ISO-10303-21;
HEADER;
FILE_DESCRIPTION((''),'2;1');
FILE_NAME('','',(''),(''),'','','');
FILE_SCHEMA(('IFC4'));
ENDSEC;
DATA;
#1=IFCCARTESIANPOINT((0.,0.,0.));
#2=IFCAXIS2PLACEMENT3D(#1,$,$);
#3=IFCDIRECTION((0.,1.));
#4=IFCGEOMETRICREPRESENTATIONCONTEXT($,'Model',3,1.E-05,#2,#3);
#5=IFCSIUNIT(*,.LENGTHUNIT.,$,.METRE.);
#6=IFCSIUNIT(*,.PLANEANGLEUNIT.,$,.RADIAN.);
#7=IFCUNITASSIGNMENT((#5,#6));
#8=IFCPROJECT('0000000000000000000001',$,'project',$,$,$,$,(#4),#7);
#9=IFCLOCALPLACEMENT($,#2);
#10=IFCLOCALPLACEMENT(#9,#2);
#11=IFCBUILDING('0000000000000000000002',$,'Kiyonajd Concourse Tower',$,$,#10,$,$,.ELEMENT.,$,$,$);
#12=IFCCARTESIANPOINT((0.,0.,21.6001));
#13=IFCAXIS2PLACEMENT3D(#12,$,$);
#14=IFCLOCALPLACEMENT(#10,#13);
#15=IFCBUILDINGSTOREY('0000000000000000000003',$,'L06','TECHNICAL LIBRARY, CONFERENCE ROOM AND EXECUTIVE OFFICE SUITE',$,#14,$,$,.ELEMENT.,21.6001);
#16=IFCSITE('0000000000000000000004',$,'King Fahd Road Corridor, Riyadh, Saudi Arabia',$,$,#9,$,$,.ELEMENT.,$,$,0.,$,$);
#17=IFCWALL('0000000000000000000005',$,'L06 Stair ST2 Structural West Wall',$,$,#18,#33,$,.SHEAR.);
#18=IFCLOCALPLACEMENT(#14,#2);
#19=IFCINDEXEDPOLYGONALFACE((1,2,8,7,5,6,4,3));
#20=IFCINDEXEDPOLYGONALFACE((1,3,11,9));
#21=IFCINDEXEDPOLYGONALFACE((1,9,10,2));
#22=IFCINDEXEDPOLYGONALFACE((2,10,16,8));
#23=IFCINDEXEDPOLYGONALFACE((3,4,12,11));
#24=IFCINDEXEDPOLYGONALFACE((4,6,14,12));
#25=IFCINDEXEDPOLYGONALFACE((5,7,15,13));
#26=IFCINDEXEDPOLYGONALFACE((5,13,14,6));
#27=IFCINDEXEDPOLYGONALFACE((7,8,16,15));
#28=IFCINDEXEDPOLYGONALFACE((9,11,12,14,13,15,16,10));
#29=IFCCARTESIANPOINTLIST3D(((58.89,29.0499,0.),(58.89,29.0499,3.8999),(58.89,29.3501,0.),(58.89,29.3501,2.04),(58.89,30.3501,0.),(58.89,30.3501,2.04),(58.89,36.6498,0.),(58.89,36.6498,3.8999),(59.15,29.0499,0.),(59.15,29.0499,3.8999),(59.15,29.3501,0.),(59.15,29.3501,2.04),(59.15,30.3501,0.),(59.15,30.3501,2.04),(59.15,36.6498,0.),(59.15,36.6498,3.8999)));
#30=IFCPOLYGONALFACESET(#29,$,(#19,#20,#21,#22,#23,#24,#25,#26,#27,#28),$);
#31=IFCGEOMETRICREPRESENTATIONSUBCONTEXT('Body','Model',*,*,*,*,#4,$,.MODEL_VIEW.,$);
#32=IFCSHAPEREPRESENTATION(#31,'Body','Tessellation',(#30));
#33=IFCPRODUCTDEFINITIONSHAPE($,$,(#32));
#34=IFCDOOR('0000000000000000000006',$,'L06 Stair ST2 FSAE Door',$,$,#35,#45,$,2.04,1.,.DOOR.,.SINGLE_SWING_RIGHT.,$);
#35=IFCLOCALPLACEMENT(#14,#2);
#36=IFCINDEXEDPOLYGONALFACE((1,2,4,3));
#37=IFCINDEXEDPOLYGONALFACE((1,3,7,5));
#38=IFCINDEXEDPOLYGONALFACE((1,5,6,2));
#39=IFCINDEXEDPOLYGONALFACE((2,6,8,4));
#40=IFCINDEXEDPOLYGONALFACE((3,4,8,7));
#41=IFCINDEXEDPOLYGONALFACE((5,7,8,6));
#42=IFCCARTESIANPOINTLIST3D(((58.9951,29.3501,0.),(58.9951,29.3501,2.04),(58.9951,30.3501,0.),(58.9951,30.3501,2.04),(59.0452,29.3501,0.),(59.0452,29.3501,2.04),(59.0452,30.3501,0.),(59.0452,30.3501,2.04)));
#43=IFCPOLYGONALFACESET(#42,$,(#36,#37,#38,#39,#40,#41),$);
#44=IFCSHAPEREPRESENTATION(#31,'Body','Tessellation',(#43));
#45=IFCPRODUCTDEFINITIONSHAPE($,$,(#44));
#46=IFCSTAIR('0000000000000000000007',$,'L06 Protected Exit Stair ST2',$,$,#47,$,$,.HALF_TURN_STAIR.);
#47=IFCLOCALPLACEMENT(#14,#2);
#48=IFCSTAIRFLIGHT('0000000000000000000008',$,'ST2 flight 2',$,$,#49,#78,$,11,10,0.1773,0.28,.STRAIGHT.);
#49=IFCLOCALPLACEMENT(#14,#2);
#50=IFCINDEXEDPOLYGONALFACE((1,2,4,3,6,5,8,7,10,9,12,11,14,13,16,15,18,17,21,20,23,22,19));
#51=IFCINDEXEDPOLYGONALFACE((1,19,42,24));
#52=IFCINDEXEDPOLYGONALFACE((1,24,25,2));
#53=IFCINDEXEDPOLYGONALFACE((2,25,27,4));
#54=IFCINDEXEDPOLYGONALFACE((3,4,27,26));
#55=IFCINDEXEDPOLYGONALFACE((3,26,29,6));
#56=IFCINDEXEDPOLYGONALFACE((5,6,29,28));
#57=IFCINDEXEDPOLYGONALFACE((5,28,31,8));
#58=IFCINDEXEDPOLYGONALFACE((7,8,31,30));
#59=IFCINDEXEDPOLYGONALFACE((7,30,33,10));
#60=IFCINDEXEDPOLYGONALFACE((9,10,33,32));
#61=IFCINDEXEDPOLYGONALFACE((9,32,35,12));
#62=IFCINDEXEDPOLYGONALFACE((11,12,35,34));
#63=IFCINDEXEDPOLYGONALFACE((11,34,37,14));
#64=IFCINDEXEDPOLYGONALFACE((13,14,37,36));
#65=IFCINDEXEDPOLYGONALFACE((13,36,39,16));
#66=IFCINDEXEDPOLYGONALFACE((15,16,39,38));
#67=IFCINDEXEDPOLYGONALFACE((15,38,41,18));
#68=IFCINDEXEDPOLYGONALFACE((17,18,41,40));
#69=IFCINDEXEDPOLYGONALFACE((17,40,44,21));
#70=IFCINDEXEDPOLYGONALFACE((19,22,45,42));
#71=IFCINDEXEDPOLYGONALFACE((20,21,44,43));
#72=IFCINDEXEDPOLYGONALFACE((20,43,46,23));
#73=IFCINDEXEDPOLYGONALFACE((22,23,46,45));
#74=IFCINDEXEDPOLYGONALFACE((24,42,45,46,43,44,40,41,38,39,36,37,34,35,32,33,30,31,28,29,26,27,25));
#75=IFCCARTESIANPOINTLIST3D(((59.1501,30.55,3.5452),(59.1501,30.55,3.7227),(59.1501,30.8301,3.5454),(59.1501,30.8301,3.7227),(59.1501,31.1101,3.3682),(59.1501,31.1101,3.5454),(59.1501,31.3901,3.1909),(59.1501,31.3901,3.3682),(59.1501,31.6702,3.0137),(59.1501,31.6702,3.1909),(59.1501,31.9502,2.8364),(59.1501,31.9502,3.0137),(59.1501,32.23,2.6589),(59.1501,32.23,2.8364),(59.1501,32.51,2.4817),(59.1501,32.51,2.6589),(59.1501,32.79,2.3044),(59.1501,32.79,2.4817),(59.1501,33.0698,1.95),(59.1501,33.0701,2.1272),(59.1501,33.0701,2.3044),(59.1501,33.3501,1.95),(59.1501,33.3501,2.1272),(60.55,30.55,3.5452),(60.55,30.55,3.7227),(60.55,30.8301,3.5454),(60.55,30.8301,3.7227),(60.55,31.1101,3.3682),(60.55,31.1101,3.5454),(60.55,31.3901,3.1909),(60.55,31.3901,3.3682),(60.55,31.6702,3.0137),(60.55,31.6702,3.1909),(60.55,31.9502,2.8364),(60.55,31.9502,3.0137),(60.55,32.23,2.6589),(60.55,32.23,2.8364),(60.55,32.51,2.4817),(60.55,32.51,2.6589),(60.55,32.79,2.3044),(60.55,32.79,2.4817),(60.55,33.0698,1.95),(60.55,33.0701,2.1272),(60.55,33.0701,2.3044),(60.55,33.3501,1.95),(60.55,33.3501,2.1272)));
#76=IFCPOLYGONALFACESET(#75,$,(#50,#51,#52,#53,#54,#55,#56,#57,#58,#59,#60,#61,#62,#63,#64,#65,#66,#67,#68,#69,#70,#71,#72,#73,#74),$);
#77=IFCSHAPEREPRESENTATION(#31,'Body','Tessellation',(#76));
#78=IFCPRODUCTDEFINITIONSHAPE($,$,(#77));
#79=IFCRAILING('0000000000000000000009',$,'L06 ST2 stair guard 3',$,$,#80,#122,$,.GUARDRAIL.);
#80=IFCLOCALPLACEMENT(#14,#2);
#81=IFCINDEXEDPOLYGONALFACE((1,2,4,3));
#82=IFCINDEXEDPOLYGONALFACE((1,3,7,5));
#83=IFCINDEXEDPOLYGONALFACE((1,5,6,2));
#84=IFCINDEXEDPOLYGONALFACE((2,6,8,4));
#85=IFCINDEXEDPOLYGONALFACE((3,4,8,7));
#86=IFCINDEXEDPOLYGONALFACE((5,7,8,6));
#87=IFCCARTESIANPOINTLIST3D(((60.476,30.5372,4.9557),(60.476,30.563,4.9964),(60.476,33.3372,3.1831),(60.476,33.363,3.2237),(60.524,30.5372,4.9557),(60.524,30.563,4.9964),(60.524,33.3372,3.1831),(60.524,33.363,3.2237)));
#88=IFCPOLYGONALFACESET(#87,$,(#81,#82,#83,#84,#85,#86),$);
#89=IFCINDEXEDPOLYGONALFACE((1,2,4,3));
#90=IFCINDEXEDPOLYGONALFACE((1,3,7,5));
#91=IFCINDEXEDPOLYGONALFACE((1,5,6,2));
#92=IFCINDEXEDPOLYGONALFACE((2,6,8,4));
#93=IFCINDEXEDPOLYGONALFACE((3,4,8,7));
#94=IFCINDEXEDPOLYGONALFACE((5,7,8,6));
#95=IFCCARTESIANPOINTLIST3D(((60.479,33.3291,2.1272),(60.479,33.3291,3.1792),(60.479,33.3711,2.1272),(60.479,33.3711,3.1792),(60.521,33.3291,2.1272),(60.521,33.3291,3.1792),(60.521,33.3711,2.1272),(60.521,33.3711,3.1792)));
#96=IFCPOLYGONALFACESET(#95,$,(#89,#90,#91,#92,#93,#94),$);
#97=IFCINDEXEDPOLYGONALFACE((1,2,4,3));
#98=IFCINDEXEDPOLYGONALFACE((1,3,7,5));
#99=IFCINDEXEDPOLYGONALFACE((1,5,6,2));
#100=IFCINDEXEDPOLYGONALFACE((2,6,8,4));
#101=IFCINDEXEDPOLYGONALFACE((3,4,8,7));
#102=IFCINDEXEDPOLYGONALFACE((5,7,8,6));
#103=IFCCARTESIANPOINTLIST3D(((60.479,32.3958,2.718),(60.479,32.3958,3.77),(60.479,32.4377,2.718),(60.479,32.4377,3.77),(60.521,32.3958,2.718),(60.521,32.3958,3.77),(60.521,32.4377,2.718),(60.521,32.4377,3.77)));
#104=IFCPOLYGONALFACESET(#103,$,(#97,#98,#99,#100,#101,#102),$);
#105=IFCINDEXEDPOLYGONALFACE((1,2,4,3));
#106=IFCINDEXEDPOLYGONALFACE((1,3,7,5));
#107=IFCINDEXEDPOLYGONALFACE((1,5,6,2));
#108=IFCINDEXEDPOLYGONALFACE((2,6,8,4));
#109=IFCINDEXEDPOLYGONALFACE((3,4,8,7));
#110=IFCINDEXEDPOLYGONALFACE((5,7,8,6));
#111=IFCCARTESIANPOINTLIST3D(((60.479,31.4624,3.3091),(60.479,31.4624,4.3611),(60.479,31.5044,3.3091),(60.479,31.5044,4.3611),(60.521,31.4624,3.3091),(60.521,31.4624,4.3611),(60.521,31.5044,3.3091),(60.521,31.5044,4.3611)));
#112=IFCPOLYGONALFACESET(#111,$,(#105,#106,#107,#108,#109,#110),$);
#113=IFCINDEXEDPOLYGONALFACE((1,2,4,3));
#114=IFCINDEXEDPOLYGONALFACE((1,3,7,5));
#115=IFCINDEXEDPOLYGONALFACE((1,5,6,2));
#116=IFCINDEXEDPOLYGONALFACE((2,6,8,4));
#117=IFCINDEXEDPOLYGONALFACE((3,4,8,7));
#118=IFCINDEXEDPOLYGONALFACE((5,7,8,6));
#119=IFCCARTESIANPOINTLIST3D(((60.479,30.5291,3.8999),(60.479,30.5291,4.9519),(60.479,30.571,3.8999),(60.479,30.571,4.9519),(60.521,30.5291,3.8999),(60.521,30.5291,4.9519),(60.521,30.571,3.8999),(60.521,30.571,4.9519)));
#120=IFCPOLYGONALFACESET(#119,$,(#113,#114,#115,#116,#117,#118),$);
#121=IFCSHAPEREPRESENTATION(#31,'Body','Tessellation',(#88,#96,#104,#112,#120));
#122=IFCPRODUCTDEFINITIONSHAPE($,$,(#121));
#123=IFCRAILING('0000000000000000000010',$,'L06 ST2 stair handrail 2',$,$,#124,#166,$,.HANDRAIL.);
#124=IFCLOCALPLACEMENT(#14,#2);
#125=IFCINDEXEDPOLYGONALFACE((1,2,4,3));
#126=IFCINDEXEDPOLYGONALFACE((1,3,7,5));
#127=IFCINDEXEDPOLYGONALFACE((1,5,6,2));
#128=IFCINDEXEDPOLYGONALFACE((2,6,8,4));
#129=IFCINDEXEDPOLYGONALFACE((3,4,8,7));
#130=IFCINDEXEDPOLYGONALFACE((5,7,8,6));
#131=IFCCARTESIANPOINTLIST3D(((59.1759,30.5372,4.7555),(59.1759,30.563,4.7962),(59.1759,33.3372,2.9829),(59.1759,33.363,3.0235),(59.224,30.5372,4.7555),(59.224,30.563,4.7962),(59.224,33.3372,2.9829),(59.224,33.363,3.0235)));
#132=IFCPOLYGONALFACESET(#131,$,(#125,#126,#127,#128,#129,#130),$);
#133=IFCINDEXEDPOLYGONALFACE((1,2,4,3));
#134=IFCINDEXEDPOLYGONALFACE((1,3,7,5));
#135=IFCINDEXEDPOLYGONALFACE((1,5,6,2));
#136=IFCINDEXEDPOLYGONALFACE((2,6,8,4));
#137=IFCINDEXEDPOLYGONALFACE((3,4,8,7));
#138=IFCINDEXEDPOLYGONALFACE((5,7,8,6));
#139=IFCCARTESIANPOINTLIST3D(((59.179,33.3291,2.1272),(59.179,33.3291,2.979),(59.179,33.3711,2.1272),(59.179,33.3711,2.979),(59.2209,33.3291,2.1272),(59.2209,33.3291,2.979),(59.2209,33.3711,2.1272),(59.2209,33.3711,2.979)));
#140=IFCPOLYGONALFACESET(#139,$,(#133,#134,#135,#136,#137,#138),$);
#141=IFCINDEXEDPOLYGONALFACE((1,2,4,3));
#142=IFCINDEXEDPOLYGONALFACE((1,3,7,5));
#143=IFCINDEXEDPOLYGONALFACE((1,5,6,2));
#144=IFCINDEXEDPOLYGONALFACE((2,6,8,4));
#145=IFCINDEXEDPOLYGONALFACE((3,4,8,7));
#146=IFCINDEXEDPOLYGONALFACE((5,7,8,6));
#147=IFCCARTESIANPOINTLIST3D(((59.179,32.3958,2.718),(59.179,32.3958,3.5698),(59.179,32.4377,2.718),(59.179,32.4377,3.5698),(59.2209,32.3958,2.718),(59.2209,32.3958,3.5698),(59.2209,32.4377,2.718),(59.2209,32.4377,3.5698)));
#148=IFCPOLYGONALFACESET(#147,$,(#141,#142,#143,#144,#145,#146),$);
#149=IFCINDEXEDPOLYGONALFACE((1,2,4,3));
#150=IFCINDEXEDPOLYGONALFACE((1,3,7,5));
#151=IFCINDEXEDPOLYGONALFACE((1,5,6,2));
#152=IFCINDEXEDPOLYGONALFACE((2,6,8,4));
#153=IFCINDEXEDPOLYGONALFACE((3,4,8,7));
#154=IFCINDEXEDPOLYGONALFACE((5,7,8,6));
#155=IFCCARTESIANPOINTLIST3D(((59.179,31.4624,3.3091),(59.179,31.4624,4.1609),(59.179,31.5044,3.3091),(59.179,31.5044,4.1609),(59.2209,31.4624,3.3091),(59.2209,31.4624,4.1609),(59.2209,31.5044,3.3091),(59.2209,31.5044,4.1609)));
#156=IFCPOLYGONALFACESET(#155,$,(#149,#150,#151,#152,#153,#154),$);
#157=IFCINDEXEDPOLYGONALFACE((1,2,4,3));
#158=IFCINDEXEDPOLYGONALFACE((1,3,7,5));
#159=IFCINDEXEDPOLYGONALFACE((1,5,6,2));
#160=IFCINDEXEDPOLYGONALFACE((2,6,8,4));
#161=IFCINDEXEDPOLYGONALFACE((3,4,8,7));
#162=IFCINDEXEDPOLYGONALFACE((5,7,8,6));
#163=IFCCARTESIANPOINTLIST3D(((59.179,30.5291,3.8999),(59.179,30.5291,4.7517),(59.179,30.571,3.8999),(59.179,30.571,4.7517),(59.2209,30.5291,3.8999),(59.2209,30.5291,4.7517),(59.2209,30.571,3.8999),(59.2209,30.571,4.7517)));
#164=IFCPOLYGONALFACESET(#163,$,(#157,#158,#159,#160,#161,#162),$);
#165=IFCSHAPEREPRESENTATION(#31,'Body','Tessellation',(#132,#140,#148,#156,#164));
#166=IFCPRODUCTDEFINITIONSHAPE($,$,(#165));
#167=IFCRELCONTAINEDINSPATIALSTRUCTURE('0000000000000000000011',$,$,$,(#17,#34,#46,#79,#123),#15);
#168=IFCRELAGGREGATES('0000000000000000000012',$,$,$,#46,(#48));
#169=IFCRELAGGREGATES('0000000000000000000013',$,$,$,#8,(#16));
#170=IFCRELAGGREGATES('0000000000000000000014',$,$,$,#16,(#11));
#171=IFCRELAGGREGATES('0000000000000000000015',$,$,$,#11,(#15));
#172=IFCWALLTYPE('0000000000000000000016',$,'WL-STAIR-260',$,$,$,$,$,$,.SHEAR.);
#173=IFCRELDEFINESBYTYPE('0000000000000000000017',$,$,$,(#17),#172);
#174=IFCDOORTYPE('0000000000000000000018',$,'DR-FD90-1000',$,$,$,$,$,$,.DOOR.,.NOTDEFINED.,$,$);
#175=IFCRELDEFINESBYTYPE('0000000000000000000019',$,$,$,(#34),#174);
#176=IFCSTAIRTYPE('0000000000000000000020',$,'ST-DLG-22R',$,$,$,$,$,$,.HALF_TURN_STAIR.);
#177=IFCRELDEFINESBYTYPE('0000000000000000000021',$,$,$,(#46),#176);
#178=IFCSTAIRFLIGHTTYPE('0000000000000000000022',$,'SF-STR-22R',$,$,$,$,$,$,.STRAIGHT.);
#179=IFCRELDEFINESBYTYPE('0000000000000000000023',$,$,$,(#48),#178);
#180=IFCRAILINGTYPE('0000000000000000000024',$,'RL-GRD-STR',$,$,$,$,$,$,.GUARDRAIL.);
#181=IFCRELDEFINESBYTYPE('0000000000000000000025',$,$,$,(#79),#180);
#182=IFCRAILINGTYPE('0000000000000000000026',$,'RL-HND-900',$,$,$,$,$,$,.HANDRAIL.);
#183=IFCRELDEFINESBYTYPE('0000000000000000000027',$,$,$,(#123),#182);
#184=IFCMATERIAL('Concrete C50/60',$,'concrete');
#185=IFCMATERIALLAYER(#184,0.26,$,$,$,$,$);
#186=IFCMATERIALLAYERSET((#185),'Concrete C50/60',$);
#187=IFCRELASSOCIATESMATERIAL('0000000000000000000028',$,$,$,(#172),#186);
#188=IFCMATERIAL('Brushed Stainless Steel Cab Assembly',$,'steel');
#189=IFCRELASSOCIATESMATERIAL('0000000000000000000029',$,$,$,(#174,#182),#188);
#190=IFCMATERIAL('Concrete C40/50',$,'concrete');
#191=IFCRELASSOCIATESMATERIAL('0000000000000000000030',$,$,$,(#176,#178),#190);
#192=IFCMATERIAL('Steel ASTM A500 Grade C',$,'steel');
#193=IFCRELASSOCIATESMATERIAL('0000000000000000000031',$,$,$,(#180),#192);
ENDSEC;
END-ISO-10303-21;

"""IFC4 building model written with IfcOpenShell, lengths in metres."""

from ifc_helpers import new_model, si_unit, direction, frame, frame_2d, origin, origin_2d, place, context, subcontext, project, spatial, polyline, rectangle, outline, extrude, material, layer, layer_set, type_object, element, fill, aggregate, save


model = new_model("IFC4")

# Units and contexts
model_context = context("Model", 3, precision=1e-05, world=origin(), true_north=direction((0.0, 1.0)))
body_context = subcontext(model_context, "Body", "Model", "MODEL_VIEW")
ifc_project = project(units=[si_unit("LENGTHUNIT", "METRE"), si_unit("PLANEANGLEUNIT", "RADIAN")], contexts=[model_context])

# Site, building, storey
site_placement = place(None, origin())
site = spatial("IfcSite", under=ifc_project, at=site_placement, Name="King Fahd Road Corridor, Riyadh, Saudi Arabia", CompositionType="ELEMENT", RefElevation=0.0)
building_placement = place(site_placement, origin())
building = spatial("IfcBuilding", under=site, at=building_placement, Name="Kiyonajd Concourse Tower", CompositionType="ELEMENT")
storey_placement = place(building_placement, frame((0.0, 0.0, 21.6001)))
storey = spatial("IfcBuildingStorey", under=building, at=storey_placement, Name="L06", Description="TECHNICAL LIBRARY, CONFERENCE ROOM AND EXECUTIVE OFFICE SUITE", CompositionType="ELEMENT", Elevation=21.6001)

# Shared definitions
ifc_material_1 = material(Name="Concrete C50/60", Category="concrete")

# Shared definitions
ifc_material_2 = material(Name="Brushed Stainless Steel Cab Assembly", Category="steel")

# Shared definitions
ifc_layer_1 = layer(ifc_material_1, 0.26)
ifc_layer_set_1 = layer_set([ifc_layer_1], Name="Concrete C50/60")
wall_type_1 = type_object("IfcWallType", Name="WL-STAIR-260", PredefinedType="SHEAR", material=ifc_layer_set_1)

# Wall, opening, door
wall_1_placement = place(storey_placement, frame((59.02, 29.05, 0.0), z_axis=(0.0, 0.0, 1.0), x_axis=(0.0, 1.0, 0.0)))
wall_1 = element("IfcWall", 1, at=wall_1_placement, inside=storey, type_object=wall_type_1, Name="L06 Stair ST2 Structural West Wall", PredefinedType="SHEAR", context=body_context, shape_type="SweptSolid", body=[
    extrude(rectangle(XDim=7.5999, YDim=0.26, at=frame_2d((3.7998, 0.0))), origin(), (0.0, 0.0, 1.0), 3.8999),
])
opening_1_placement = place(wall_1_placement, frame((0.3, 0.0, 0.0)))
opening_1 = element("IfcOpeningElement", 2, at=opening_1_placement, cuts=wall_1, PredefinedType="OPENING", context=body_context, shape_type="SweptSolid", body=[
    extrude(rectangle(XDim=1.0, YDim=2.04, at=frame_2d((0.5, 1.02))), frame((0.0, 0.1399, 0.0), z_axis=(0.0, -1.0, 0.0), x_axis=(1.0, 0.0, 0.0)), (0.0, 0.0, 1.0), 0.28),
])
door_type_1 = type_object("IfcDoorType", Name="DR-FD90-1000", OperationType="NOTDEFINED", PredefinedType="DOOR", material=ifc_material_2)
door_1_placement = place(opening_1_placement, origin())
door_1 = element("IfcDoor", 3, at=door_1_placement, inside=storey, type_object=door_type_1, Name="L06 Stair ST2 FSAE Door", OperationType="SINGLE_SWING_RIGHT", OverallHeight=2.04, OverallWidth=1.0, PredefinedType="DOOR", context=body_context, shape_type="SweptSolid", body=[
    extrude(rectangle(XDim=1.0, YDim=2.04, at=frame_2d((0.5, 1.02))), frame((0.0, 0.0249, 0.0), z_axis=(0.0, -1.0, 0.0), x_axis=(1.0, 0.0, 0.0)), (0.0, 0.0, 1.0), 0.05),
])
fill(opening_1, door_1)

# Stair, stair flight
ifc_material_3 = material(Name="Concrete C40/50", Category="concrete")
stair_type = type_object("IfcStairType", Name="ST-DLG-22R", PredefinedType="HALF_TURN_STAIR", material=ifc_material_3)
stair_placement = place(storey_placement, origin())
stair = element("IfcStair", 4, at=stair_placement, inside=storey, type_object=stair_type, Name="L06 Protected Exit Stair ST2", PredefinedType="HALF_TURN_STAIR")
stair_flight_type = type_object("IfcStairFlightType", Name="SF-STR-22R", PredefinedType="STRAIGHT", material=ifc_material_3)
stair_flight_placement = place(storey_placement, frame((59.8501, 33.3501, 1.95), z_axis=(0.0, 0.0, 1.0), x_axis=(0.0, -1.0, 0.0)))
stair_flight = element("IfcStairFlight", 5, at=stair_flight_placement, type_object=stair_flight_type, Name="ST2 flight 2", NumberOfRisers=11, NumberOfTreads=10, PredefinedType="STRAIGHT", RiserHeight=0.1773, TreadLength=0.28, context=body_context, shape_type="SweptSolid", body=[
    extrude(outline(polyline([(0.0, 0.0), (0.0, 0.1772), (0.28, 0.1772), (0.28, 0.3545), (0.5601, 0.3545), (0.5601, 0.5317), (0.8401, 0.5317), (0.8401, 0.709), (1.1201, 0.709), (1.1201, 0.8865), (1.3999, 0.8865), (1.3999, 1.0637), (1.6799, 1.0637), (1.6799, 1.241), (1.96, 1.241), (1.96, 1.4182), (2.24, 1.4182), (2.24, 1.5955), (2.52, 1.5955), (2.52, 1.7727), (2.8, 1.7727), (2.8, 1.95), (2.8, 1.5952), (0.2803, 0.0), (0.0, 0.0)])), frame((0.0, 0.7, 0.0), z_axis=(0.0, -1.0, 0.0), x_axis=(1.0, 0.0, 0.0)), (0.0, 0.0, 1.0), 1.3999),
])
aggregate(stair, [stair_flight])

# Railings
ifc_material_4 = material(Name="Steel ASTM A500 Grade C", Category="steel")
railing_type_1 = type_object("IfcRailingType", Name="RL-GRD-STR", PredefinedType="GUARDRAIL", material=ifc_material_4)
railing_1_placement = place(storey_placement, frame((60.5, 33.3501, 2.1272)))
element("IfcRailing", 6, at=railing_1_placement, inside=storey, type_object=railing_type_1, Name="L06 ST2 stair guard 3", PredefinedType="GUARDRAIL", context=body_context, shape_type="SweptSolid", body=[
    extrude(rectangle(XDim=0.0481, YDim=0.0481, at=origin_2d()), frame((0.0, 0.0, 1.0762), z_axis=(0.0, -0.844909, 0.53491), x_axis=(1.0, 0.0, 0.0)), (0.0, 0.0, 1.0), 3.314),
    extrude(rectangle(XDim=0.042, YDim=0.042, at=origin_2d()), origin(), (0.0, 0.0, 1.0), 1.052),
    extrude(rectangle(XDim=0.042, YDim=0.042, at=origin_2d()), frame((0.0, -0.9333, 0.5908)), (0.0, 0.0, 1.0), 1.052),
    extrude(rectangle(XDim=0.042, YDim=0.042, at=origin_2d()), frame((0.0, -1.8667, 1.1819)), (0.0, 0.0, 1.0), 1.052),
    extrude(rectangle(XDim=0.042, YDim=0.042, at=origin_2d()), frame((0.0, -2.8, 1.7727)), (0.0, 0.0, 1.0), 1.052),
])
railing_type_2 = type_object("IfcRailingType", Name="RL-HND-900", PredefinedType="HANDRAIL", material=ifc_material_2)
railing_2_placement = place(storey_placement, frame((59.2, 33.3501, 2.1272)))
element("IfcRailing", 7, at=railing_2_placement, inside=storey, type_object=railing_type_2, Name="L06 ST2 stair handrail 2", PredefinedType="HANDRAIL", context=body_context, shape_type="SweptSolid", body=[
    extrude(rectangle(XDim=0.0481, YDim=0.0481, at=origin_2d()), frame((0.0, 0.0, 0.876), z_axis=(0.0, -0.844909, 0.53491), x_axis=(1.0, 0.0, 0.0)), (0.0, 0.0, 1.0), 3.314),
    extrude(rectangle(XDim=0.042, YDim=0.042, at=origin_2d()), origin(), (0.0, 0.0, 1.0), 0.8518),
    extrude(rectangle(XDim=0.042, YDim=0.042, at=origin_2d()), frame((0.0, -0.9333, 0.5908)), (0.0, 0.0, 1.0), 0.8518),
    extrude(rectangle(XDim=0.042, YDim=0.042, at=origin_2d()), frame((0.0, -1.8667, 1.1819)), (0.0, 0.0, 1.0), 0.8518),
    extrude(rectangle(XDim=0.042, YDim=0.042, at=origin_2d()), frame((0.0, -2.8, 1.7727)), (0.0, 0.0, 1.0), 0.8518),
])

save(model, "model.ifc")
